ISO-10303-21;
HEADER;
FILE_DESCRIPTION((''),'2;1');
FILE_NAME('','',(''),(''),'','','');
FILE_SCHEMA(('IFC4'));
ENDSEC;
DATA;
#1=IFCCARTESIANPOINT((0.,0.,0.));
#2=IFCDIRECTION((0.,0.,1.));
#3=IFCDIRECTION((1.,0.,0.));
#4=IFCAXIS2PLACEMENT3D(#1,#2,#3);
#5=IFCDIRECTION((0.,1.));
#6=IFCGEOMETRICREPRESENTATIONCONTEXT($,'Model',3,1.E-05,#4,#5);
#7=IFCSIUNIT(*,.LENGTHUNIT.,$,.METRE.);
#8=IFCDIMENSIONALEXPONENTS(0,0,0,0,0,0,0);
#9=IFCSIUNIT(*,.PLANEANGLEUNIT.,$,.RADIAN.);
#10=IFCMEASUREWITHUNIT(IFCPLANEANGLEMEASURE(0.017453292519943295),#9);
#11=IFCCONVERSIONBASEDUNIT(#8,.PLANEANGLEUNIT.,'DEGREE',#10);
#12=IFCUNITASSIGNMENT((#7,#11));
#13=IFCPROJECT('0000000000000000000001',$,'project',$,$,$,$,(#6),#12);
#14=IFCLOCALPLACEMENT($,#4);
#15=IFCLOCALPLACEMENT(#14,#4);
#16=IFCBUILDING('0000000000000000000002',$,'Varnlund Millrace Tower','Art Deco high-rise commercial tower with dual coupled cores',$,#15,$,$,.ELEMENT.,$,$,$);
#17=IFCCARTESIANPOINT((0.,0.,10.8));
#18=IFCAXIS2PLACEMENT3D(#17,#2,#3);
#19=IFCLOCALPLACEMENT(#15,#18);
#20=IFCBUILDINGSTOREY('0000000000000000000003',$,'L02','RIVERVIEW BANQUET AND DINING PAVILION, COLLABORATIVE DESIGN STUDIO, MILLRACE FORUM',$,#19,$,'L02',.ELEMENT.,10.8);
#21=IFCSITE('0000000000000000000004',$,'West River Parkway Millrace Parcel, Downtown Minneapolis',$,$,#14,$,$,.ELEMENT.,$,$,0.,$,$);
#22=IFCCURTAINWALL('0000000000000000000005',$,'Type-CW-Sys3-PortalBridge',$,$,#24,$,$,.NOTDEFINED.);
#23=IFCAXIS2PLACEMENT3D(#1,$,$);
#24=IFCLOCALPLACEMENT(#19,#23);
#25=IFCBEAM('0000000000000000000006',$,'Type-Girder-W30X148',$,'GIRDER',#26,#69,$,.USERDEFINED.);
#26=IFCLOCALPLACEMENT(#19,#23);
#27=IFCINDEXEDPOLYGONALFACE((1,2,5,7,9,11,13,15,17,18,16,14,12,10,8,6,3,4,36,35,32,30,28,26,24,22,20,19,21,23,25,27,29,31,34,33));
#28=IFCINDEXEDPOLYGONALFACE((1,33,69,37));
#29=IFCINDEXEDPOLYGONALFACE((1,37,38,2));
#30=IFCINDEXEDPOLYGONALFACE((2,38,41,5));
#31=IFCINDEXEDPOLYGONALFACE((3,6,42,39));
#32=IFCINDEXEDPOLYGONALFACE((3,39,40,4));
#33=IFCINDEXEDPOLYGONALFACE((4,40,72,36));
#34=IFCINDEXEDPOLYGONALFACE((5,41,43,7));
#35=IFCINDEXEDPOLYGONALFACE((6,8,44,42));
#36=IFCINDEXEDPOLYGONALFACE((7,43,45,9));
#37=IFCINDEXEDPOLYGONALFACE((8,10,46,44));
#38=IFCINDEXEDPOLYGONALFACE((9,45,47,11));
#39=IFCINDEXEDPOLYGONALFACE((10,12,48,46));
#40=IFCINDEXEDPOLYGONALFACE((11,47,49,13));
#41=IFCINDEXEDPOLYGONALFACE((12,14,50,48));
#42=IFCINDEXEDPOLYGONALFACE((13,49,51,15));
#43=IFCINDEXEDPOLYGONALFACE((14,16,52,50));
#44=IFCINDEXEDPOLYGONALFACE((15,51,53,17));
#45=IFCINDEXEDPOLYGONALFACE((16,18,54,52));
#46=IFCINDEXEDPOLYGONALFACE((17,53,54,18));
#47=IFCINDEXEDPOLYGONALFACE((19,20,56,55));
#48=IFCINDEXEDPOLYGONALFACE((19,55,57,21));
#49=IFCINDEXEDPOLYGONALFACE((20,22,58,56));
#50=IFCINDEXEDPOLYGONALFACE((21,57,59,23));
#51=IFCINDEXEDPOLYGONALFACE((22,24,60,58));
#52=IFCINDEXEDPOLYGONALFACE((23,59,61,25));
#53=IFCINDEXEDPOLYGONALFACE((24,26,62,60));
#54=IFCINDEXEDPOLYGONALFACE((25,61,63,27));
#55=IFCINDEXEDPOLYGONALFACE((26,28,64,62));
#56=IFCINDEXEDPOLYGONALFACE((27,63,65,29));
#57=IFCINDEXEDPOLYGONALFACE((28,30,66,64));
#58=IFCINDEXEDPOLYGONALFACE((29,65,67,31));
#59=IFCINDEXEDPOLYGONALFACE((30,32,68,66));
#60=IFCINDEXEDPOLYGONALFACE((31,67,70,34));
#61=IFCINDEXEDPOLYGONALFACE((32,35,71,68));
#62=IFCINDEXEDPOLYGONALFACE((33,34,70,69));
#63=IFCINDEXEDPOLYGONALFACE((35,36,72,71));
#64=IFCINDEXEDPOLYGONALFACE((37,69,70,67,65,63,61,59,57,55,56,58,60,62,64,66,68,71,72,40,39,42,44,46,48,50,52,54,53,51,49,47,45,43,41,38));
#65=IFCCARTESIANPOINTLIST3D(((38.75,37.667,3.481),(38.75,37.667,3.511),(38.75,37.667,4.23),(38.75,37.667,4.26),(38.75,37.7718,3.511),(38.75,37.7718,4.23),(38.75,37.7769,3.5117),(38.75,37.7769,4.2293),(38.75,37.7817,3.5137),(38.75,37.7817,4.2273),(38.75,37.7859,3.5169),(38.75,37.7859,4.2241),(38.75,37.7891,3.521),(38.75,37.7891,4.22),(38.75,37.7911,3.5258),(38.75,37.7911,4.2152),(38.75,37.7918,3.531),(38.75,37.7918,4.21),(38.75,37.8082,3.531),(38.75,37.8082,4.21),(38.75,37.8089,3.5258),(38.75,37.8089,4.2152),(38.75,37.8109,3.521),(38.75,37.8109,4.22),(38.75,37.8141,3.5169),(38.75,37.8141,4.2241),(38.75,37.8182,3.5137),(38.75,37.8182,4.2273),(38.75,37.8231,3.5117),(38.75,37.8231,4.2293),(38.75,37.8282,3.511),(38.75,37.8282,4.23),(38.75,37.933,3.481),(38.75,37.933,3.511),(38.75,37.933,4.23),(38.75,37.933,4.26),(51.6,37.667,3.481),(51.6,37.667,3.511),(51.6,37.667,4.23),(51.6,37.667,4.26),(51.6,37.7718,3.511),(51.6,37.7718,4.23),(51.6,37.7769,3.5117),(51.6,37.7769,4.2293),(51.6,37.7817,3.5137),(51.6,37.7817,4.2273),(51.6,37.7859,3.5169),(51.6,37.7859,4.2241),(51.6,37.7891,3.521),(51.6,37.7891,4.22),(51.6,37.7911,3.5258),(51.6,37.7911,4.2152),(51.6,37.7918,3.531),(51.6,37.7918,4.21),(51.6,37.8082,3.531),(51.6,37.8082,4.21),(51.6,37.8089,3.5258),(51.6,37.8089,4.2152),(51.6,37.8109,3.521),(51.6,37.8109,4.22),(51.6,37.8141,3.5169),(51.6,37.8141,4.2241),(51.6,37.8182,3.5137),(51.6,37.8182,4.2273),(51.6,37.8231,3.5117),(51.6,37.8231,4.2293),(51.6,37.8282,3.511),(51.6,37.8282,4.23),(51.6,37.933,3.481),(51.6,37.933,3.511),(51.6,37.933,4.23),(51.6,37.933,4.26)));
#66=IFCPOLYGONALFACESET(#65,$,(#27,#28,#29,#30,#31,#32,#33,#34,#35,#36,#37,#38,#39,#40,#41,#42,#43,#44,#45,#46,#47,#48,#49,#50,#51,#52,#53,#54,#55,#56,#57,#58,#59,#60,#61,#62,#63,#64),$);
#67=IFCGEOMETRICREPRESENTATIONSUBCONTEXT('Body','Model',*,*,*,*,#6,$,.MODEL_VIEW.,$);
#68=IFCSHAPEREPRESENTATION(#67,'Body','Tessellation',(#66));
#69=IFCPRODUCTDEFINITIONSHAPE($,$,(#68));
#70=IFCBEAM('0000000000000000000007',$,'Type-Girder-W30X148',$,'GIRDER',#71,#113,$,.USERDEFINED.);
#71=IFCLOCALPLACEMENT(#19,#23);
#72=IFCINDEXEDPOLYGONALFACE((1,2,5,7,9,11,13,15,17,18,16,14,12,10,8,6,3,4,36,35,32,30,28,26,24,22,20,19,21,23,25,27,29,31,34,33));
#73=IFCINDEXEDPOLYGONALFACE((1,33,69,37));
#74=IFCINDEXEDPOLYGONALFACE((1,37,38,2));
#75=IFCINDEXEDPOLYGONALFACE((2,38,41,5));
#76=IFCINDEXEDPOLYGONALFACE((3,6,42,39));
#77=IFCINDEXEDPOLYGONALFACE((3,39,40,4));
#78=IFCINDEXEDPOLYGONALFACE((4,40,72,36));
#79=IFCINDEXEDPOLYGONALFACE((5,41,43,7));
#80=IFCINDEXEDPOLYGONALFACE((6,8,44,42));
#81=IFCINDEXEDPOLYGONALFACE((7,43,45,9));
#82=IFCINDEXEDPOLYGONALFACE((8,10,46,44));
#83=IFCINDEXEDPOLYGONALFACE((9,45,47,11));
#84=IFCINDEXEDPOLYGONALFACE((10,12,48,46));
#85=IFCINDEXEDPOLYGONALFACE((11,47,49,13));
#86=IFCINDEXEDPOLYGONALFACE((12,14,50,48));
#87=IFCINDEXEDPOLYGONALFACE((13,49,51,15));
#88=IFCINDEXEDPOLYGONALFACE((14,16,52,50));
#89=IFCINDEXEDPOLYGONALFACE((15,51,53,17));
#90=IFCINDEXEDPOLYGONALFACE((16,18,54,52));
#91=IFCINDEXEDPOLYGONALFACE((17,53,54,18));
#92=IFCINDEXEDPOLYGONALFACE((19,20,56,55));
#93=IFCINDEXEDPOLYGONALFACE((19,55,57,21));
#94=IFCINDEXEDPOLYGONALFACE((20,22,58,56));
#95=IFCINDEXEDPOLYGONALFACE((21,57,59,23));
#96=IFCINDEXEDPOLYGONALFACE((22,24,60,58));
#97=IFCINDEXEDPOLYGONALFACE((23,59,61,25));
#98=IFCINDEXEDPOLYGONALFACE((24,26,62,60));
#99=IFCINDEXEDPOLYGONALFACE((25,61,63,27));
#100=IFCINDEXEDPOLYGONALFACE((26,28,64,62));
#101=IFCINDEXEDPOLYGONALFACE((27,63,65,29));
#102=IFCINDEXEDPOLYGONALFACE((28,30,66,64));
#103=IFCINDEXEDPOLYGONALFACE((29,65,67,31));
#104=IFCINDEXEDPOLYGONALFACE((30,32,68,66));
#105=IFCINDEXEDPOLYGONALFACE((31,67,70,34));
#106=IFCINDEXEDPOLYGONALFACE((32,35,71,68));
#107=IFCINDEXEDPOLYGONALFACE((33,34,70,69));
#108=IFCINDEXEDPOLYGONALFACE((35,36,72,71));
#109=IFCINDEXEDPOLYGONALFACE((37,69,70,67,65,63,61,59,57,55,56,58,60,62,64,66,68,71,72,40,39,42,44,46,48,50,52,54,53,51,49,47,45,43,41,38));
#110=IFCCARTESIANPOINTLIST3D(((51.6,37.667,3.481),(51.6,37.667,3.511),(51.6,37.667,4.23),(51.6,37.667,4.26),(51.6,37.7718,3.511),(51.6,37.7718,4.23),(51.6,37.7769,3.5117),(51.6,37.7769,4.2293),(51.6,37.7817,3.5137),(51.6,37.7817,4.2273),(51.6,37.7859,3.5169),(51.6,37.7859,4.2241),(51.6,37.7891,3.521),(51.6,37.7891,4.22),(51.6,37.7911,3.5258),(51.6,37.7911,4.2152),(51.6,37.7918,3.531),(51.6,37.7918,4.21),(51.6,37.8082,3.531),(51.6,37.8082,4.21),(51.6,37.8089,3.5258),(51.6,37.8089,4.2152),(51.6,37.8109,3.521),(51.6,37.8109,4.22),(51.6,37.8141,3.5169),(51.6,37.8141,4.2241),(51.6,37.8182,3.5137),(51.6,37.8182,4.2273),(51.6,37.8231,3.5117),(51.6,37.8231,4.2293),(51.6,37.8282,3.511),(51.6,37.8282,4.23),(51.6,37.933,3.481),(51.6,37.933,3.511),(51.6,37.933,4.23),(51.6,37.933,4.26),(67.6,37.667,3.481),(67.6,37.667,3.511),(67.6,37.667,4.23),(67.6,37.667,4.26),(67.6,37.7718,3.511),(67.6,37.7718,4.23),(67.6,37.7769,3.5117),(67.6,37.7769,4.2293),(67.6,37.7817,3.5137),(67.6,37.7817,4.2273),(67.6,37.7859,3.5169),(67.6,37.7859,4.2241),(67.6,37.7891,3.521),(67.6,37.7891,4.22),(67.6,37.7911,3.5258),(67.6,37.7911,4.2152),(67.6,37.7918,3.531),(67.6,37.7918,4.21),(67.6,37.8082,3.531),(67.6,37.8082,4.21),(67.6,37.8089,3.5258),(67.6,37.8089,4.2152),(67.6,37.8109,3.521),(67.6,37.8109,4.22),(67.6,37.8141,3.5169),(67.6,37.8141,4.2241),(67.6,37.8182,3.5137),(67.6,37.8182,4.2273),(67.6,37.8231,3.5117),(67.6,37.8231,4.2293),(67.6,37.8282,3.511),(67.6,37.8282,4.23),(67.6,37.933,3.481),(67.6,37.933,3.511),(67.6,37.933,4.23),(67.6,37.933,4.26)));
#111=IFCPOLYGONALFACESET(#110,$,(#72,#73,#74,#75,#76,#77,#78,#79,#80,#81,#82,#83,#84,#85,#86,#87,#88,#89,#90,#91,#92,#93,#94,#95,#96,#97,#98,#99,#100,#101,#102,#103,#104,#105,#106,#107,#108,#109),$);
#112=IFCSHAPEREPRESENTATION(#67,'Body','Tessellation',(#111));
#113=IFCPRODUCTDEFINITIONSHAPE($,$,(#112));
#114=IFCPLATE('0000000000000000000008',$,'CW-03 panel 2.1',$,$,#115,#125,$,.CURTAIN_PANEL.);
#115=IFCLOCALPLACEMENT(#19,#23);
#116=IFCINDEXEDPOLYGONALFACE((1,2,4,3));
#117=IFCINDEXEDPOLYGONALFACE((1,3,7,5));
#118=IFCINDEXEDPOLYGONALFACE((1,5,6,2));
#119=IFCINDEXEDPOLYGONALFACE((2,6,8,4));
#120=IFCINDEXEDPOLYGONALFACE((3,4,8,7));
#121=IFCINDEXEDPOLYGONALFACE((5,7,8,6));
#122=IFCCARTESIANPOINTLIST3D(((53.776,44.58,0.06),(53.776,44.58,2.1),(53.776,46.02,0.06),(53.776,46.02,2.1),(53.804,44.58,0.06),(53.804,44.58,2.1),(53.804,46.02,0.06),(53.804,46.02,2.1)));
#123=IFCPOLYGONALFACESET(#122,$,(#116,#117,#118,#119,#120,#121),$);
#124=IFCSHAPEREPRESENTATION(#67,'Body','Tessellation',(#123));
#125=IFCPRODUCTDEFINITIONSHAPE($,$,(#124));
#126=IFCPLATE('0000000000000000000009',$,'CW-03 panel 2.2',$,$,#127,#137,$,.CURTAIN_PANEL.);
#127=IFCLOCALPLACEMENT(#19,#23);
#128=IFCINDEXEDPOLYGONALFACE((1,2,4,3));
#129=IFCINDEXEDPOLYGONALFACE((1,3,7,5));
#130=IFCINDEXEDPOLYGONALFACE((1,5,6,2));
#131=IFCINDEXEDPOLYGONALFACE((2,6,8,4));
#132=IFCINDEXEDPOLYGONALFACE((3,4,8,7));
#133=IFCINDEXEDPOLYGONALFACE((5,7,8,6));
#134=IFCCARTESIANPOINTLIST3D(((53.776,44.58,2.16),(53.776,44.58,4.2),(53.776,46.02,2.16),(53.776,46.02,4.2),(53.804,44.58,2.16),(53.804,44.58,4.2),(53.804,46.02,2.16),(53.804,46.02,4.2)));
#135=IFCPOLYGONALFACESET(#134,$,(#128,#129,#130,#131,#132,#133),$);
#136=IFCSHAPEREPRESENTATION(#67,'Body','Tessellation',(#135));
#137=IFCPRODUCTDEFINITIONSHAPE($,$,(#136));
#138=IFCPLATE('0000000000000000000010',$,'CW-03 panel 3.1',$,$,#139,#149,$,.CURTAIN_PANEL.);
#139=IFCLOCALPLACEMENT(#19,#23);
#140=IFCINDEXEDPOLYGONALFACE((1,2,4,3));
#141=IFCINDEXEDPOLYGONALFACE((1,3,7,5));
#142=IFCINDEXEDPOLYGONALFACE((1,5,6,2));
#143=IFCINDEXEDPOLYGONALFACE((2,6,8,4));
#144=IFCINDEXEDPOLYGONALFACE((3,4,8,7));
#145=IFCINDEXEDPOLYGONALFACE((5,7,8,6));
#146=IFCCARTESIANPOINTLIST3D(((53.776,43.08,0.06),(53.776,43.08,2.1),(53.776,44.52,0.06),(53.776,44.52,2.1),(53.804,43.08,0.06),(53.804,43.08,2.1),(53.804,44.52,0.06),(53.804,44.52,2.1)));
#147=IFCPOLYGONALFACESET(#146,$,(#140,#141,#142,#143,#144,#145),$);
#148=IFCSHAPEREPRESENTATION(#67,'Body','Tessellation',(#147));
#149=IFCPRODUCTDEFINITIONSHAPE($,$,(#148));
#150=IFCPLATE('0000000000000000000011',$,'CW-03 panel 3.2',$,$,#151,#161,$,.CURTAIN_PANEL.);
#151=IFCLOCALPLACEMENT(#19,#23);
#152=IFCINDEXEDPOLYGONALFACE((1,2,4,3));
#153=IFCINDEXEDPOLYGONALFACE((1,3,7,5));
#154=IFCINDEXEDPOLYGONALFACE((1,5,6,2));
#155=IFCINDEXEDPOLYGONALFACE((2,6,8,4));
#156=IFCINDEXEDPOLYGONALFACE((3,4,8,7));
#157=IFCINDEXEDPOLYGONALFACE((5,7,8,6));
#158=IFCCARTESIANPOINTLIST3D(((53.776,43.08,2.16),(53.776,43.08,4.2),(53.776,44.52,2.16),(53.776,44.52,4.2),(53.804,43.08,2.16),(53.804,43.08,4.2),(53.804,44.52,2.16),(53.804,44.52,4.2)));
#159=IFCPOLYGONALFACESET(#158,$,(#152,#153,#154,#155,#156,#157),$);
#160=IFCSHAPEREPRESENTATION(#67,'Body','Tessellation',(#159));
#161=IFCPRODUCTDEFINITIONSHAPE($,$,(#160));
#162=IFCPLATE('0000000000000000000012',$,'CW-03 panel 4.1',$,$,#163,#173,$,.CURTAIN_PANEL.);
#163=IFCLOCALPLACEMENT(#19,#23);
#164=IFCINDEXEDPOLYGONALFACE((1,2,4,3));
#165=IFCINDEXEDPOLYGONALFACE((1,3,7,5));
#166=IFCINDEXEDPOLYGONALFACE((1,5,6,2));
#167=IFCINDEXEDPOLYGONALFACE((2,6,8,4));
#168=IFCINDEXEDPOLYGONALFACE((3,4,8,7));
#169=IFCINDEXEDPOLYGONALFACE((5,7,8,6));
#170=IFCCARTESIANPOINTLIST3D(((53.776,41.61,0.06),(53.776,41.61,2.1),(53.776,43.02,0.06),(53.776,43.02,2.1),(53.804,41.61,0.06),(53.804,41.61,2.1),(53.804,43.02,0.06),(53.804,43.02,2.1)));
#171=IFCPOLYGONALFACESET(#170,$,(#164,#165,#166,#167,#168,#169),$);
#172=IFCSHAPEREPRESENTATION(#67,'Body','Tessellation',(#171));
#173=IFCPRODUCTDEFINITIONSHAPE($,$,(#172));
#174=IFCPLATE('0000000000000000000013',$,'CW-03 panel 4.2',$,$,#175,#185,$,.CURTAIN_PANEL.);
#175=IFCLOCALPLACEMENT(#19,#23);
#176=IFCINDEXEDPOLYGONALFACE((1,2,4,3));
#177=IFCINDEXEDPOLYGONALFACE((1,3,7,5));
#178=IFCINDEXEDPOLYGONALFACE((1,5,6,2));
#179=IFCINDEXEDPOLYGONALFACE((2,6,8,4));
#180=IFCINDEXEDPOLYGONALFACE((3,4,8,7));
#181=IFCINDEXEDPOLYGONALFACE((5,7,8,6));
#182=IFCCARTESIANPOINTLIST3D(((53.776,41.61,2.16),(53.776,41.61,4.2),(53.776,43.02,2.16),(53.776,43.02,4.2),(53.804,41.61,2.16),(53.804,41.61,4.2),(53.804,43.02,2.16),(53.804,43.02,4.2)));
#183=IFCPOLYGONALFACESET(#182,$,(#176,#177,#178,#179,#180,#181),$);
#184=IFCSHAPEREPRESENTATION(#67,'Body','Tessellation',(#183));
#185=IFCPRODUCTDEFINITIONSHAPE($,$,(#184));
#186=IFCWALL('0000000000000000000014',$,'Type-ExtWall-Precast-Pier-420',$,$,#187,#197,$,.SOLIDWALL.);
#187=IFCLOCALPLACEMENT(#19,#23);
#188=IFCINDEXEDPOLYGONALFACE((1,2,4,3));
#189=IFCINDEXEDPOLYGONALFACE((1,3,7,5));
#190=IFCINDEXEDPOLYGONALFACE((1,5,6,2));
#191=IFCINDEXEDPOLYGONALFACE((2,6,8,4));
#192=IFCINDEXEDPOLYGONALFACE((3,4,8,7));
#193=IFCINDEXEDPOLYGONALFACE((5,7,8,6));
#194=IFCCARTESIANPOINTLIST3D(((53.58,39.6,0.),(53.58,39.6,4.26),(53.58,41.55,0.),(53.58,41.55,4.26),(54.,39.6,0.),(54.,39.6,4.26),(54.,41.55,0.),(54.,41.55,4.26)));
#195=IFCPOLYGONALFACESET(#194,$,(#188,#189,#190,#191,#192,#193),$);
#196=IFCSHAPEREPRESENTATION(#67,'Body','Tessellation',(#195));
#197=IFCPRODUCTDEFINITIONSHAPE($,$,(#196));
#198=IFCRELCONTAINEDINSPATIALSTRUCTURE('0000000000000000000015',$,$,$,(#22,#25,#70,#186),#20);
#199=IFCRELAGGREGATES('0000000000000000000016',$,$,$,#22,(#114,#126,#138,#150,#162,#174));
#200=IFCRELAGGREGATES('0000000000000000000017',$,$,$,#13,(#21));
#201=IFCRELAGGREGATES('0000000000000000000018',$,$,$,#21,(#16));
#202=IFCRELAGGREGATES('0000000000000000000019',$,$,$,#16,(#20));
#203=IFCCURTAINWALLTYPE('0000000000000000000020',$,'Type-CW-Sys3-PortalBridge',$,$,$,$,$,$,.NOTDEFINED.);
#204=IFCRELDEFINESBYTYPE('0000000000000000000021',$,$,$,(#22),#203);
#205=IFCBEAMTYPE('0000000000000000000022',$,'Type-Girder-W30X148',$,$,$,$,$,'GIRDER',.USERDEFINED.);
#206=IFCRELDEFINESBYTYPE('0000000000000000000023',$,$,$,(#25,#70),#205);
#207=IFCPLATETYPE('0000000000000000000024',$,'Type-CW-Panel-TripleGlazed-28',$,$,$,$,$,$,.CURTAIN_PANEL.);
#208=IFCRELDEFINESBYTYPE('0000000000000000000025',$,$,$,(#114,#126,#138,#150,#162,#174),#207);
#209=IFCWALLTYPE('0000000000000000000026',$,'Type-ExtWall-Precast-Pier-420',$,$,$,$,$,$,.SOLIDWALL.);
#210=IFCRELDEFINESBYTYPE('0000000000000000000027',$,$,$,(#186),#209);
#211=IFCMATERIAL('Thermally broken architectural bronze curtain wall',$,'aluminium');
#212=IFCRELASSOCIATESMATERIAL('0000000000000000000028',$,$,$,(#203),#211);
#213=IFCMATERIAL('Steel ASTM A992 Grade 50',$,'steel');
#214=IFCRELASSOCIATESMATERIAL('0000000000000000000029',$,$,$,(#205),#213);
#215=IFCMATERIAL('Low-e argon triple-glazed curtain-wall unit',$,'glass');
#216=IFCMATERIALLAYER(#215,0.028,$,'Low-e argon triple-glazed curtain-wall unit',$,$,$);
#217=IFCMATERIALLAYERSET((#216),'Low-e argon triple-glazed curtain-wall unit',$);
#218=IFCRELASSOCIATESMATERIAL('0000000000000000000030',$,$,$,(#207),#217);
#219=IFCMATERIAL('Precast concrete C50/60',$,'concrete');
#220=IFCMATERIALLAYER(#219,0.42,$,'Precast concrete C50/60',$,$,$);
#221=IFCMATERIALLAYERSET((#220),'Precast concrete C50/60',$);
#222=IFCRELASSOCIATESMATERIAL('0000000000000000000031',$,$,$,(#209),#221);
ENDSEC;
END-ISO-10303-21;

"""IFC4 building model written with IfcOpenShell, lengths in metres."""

from ifc_helpers import new_model, entity, si_unit, converted_unit, direction, frame, origin_with_axes, origin_2d_with_axis, place, context, subcontext, project, spatial, polyline, rectangle, i_section, outline, extrude, material, layer, layer_set, material_profile, profile_set, type_object, element, aggregate, save


model = new_model("IFC4")

# Units and contexts
model_context = context("Model", 3, precision=1e-05, world=origin_with_axes(), true_north=direction((0.0, 1.0)))
body_context = subcontext(model_context, "Body", "Model", "MODEL_VIEW")
ifc_project = project(units=[si_unit("LENGTHUNIT", "METRE"), converted_unit("PLANEANGLEUNIT", "DEGREE", entity("IfcPlaneAngleMeasure", 0.017453292519943295), si_unit("PLANEANGLEUNIT", "RADIAN"), dimensions=[0, 0, 0, 0, 0, 0, 0])], contexts=[model_context])

# Site, building, storey
site_placement = place(None, origin_with_axes())
site = spatial("IfcSite", under=ifc_project, at=site_placement, Name="West River Parkway Millrace Parcel, Downtown Minneapolis", CompositionType="ELEMENT", RefElevation=0.0)
building_placement = place(site_placement, origin_with_axes())
building = spatial("IfcBuilding", under=site, at=building_placement, Name="Varnlund Millrace Tower", Description="Art Deco high-rise commercial tower with dual coupled cores", CompositionType="ELEMENT")
storey_placement = place(building_placement, frame((0.0, 0.0, 10.8), z_axis=(0.0, 0.0, 1.0), x_axis=(1.0, 0.0, 0.0)))
storey = spatial("IfcBuildingStorey", under=building, at=storey_placement, Name="L02", Description="RIVERVIEW BANQUET AND DINING PAVILION, COLLABORATIVE DESIGN STUDIO, MILLRACE FORUM", LongName="L02", CompositionType="ELEMENT", Elevation=10.8)

# Curtain wall
ifc_material_1 = material(Name="Thermally broken architectural bronze curtain wall", Category="aluminium")
curtain_wall_type = type_object("IfcCurtainWallType", Name="Type-CW-Sys3-PortalBridge", PredefinedType="NOTDEFINED", material=ifc_material_1)
curtain_wall_placement = place(storey_placement, frame((53.79, 47.55, 0.0), z_axis=(0.0, 0.0, 1.0), x_axis=(1.0, 0.0, 0.0)))
curtain_wall = element("IfcCurtainWall", 1, at=curtain_wall_placement, inside=storey, type_object=curtain_wall_type, Name="Type-CW-Sys3-PortalBridge", PredefinedType="NOTDEFINED")

# Beams
ifc_material_2 = material(Name="Steel ASTM A992 Grade 50", Category="steel")
ifc_material_profile_1 = material_profile(ifc_material_2, i_section(OverallWidth=0.266, OverallDepth=0.779, WebThickness=0.0165, FlangeThickness=0.03, FilletRadius=0.02, at=origin_2d_with_axis()), Name="Steel ASTM A992 Grade 50")
ifc_profile_set_1 = profile_set([ifc_material_profile_1], Name="Steel ASTM A992 Grade 50")
beam_type = type_object("IfcBeamType", Name="Type-Girder-W30X148", ElementType="GIRDER", PredefinedType="USERDEFINED", material=ifc_profile_set_1)
beam_1_placement = place(storey_placement, frame((38.75, 37.8, 3.8705), z_axis=(1.0, 0.0, 0.0), x_axis=(0.0, 1.0, 0.0)))
element("IfcBeam", 2, at=beam_1_placement, inside=storey, type_object=beam_type, Name="Type-Girder-W30X148", ObjectType="GIRDER", PredefinedType="USERDEFINED", context=body_context, shape_type="SweptSolid", body=[
    extrude(i_section(OverallWidth=0.266, OverallDepth=0.779, WebThickness=0.0165, FlangeThickness=0.03, FilletRadius=0.02, at=origin_2d_with_axis()), origin_with_axes(), (0.0, 0.0, 1.0), 12.85),
])
beam_2_placement = place(storey_placement, frame((51.6, 37.8, 3.8705), z_axis=(1.0, 0.0, 0.0), x_axis=(0.0, 1.0, 0.0)))
element("IfcBeam", 3, at=beam_2_placement, inside=storey, type_object=beam_type, Name="Type-Girder-W30X148", ObjectType="GIRDER", PredefinedType="USERDEFINED", context=body_context, shape_type="SweptSolid", body=[
    extrude(i_section(OverallWidth=0.266, OverallDepth=0.779, WebThickness=0.0165, FlangeThickness=0.03, FilletRadius=0.02, at=origin_2d_with_axis()), origin_with_axes(), (0.0, 0.0, 1.0), 16.0),
])

# Plates
ifc_material_3 = material(Name="Low-e argon triple-glazed curtain-wall unit", Category="glass")
ifc_layer_1 = layer(ifc_material_3, 0.028, Name="Low-e argon triple-glazed curtain-wall unit")
ifc_layer_set_1 = layer_set([ifc_layer_1], Name="Low-e argon triple-glazed curtain-wall unit")
plate_type = type_object("IfcPlateType", Name="Type-CW-Panel-TripleGlazed-28", PredefinedType="CURTAIN_PANEL", material=ifc_layer_set_1)
plate_1_placement = place(storey_placement, frame((53.79, 45.3, 0.06), z_axis=(0.0, 0.0, 1.0), x_axis=(0.0, -1.0, 0.0)))
plate_1 = element("IfcPlate", 4, at=plate_1_placement, type_object=plate_type, Name="CW-03 panel 2.1", PredefinedType="CURTAIN_PANEL", context=body_context, shape_type="SweptSolid", body=[
    extrude(rectangle(XDim=1.44, YDim=0.028, at=origin_2d_with_axis()), origin_with_axes(), (0.0, 0.0, 1.0), 2.04),
])
plate_2_placement = place(storey_placement, frame((53.79, 45.3, 2.16), z_axis=(0.0, 0.0, 1.0), x_axis=(0.0, -1.0, 0.0)))
plate_2 = element("IfcPlate", 5, at=plate_2_placement, type_object=plate_type, Name="CW-03 panel 2.2", PredefinedType="CURTAIN_PANEL", context=body_context, shape_type="SweptSolid", body=[
    extrude(rectangle(XDim=1.44, YDim=0.028, at=origin_2d_with_axis()), origin_with_axes(), (0.0, 0.0, 1.0), 2.04),
])
plate_3_placement = place(storey_placement, frame((53.79, 43.8, 0.06), z_axis=(0.0, 0.0, 1.0), x_axis=(0.0, -1.0, 0.0)))
plate_3 = element("IfcPlate", 6, at=plate_3_placement, type_object=plate_type, Name="CW-03 panel 3.1", PredefinedType="CURTAIN_PANEL", context=body_context, shape_type="SweptSolid", body=[
    extrude(rectangle(XDim=1.44, YDim=0.028, at=origin_2d_with_axis()), origin_with_axes(), (0.0, 0.0, 1.0), 2.04),
])
plate_4_placement = place(storey_placement, frame((53.79, 43.8, 2.16), z_axis=(0.0, 0.0, 1.0), x_axis=(0.0, -1.0, 0.0)))
plate_4 = element("IfcPlate", 7, at=plate_4_placement, type_object=plate_type, Name="CW-03 panel 3.2", PredefinedType="CURTAIN_PANEL", context=body_context, shape_type="SweptSolid", body=[
    extrude(rectangle(XDim=1.44, YDim=0.028, at=origin_2d_with_axis()), origin_with_axes(), (0.0, 0.0, 1.0), 2.04),
])
plate_5_placement = place(storey_placement, frame((53.79, 42.315, 0.06), z_axis=(0.0, 0.0, 1.0), x_axis=(0.0, -1.0, 0.0)))
plate_5 = element("IfcPlate", 8, at=plate_5_placement, type_object=plate_type, Name="CW-03 panel 4.1", PredefinedType="CURTAIN_PANEL", context=body_context, shape_type="SweptSolid", body=[
    extrude(rectangle(XDim=1.41, YDim=0.028, at=origin_2d_with_axis()), origin_with_axes(), (0.0, 0.0, 1.0), 2.04),
])
plate_6_placement = place(storey_placement, frame((53.79, 42.315, 2.16), z_axis=(0.0, 0.0, 1.0), x_axis=(0.0, -1.0, 0.0)))
plate_6 = element("IfcPlate", 9, at=plate_6_placement, type_object=plate_type, Name="CW-03 panel 4.2", PredefinedType="CURTAIN_PANEL", context=body_context, shape_type="SweptSolid", body=[
    extrude(rectangle(XDim=1.41, YDim=0.028, at=origin_2d_with_axis()), origin_with_axes(), (0.0, 0.0, 1.0), 2.04),
])
aggregate(curtain_wall, [plate_1, plate_2, plate_3, plate_4, plate_5, plate_6])

# Wall
ifc_material_4 = material(Name="Precast concrete C50/60", Category="concrete")
ifc_layer_2 = layer(ifc_material_4, 0.42, Name="Precast concrete C50/60")
ifc_layer_set_2 = layer_set([ifc_layer_2], Name="Precast concrete C50/60")
wall_type = type_object("IfcWallType", Name="Type-ExtWall-Precast-Pier-420", PredefinedType="SOLIDWALL", material=ifc_layer_set_2)
wall_1_placement = place(storey_placement, frame((53.79, 41.55, 0.0), z_axis=(0.0, 0.0, 1.0), x_axis=(0.0, -1.0, 0.0)))
element("IfcWall", 10, at=wall_1_placement, inside=storey, type_object=wall_type, Name="Type-ExtWall-Precast-Pier-420", PredefinedType="SOLIDWALL", context=body_context, shape_type="SweptSolid", body=[
    extrude(outline(polyline([(0.0, -0.21), (1.95, -0.21), (1.95, 0.21), (0.0, 0.21), (0.0, -0.21)])), origin_with_axes(), (0.0, 0.0, 1.0), 4.26),
])

save(model, "model.ifc")
